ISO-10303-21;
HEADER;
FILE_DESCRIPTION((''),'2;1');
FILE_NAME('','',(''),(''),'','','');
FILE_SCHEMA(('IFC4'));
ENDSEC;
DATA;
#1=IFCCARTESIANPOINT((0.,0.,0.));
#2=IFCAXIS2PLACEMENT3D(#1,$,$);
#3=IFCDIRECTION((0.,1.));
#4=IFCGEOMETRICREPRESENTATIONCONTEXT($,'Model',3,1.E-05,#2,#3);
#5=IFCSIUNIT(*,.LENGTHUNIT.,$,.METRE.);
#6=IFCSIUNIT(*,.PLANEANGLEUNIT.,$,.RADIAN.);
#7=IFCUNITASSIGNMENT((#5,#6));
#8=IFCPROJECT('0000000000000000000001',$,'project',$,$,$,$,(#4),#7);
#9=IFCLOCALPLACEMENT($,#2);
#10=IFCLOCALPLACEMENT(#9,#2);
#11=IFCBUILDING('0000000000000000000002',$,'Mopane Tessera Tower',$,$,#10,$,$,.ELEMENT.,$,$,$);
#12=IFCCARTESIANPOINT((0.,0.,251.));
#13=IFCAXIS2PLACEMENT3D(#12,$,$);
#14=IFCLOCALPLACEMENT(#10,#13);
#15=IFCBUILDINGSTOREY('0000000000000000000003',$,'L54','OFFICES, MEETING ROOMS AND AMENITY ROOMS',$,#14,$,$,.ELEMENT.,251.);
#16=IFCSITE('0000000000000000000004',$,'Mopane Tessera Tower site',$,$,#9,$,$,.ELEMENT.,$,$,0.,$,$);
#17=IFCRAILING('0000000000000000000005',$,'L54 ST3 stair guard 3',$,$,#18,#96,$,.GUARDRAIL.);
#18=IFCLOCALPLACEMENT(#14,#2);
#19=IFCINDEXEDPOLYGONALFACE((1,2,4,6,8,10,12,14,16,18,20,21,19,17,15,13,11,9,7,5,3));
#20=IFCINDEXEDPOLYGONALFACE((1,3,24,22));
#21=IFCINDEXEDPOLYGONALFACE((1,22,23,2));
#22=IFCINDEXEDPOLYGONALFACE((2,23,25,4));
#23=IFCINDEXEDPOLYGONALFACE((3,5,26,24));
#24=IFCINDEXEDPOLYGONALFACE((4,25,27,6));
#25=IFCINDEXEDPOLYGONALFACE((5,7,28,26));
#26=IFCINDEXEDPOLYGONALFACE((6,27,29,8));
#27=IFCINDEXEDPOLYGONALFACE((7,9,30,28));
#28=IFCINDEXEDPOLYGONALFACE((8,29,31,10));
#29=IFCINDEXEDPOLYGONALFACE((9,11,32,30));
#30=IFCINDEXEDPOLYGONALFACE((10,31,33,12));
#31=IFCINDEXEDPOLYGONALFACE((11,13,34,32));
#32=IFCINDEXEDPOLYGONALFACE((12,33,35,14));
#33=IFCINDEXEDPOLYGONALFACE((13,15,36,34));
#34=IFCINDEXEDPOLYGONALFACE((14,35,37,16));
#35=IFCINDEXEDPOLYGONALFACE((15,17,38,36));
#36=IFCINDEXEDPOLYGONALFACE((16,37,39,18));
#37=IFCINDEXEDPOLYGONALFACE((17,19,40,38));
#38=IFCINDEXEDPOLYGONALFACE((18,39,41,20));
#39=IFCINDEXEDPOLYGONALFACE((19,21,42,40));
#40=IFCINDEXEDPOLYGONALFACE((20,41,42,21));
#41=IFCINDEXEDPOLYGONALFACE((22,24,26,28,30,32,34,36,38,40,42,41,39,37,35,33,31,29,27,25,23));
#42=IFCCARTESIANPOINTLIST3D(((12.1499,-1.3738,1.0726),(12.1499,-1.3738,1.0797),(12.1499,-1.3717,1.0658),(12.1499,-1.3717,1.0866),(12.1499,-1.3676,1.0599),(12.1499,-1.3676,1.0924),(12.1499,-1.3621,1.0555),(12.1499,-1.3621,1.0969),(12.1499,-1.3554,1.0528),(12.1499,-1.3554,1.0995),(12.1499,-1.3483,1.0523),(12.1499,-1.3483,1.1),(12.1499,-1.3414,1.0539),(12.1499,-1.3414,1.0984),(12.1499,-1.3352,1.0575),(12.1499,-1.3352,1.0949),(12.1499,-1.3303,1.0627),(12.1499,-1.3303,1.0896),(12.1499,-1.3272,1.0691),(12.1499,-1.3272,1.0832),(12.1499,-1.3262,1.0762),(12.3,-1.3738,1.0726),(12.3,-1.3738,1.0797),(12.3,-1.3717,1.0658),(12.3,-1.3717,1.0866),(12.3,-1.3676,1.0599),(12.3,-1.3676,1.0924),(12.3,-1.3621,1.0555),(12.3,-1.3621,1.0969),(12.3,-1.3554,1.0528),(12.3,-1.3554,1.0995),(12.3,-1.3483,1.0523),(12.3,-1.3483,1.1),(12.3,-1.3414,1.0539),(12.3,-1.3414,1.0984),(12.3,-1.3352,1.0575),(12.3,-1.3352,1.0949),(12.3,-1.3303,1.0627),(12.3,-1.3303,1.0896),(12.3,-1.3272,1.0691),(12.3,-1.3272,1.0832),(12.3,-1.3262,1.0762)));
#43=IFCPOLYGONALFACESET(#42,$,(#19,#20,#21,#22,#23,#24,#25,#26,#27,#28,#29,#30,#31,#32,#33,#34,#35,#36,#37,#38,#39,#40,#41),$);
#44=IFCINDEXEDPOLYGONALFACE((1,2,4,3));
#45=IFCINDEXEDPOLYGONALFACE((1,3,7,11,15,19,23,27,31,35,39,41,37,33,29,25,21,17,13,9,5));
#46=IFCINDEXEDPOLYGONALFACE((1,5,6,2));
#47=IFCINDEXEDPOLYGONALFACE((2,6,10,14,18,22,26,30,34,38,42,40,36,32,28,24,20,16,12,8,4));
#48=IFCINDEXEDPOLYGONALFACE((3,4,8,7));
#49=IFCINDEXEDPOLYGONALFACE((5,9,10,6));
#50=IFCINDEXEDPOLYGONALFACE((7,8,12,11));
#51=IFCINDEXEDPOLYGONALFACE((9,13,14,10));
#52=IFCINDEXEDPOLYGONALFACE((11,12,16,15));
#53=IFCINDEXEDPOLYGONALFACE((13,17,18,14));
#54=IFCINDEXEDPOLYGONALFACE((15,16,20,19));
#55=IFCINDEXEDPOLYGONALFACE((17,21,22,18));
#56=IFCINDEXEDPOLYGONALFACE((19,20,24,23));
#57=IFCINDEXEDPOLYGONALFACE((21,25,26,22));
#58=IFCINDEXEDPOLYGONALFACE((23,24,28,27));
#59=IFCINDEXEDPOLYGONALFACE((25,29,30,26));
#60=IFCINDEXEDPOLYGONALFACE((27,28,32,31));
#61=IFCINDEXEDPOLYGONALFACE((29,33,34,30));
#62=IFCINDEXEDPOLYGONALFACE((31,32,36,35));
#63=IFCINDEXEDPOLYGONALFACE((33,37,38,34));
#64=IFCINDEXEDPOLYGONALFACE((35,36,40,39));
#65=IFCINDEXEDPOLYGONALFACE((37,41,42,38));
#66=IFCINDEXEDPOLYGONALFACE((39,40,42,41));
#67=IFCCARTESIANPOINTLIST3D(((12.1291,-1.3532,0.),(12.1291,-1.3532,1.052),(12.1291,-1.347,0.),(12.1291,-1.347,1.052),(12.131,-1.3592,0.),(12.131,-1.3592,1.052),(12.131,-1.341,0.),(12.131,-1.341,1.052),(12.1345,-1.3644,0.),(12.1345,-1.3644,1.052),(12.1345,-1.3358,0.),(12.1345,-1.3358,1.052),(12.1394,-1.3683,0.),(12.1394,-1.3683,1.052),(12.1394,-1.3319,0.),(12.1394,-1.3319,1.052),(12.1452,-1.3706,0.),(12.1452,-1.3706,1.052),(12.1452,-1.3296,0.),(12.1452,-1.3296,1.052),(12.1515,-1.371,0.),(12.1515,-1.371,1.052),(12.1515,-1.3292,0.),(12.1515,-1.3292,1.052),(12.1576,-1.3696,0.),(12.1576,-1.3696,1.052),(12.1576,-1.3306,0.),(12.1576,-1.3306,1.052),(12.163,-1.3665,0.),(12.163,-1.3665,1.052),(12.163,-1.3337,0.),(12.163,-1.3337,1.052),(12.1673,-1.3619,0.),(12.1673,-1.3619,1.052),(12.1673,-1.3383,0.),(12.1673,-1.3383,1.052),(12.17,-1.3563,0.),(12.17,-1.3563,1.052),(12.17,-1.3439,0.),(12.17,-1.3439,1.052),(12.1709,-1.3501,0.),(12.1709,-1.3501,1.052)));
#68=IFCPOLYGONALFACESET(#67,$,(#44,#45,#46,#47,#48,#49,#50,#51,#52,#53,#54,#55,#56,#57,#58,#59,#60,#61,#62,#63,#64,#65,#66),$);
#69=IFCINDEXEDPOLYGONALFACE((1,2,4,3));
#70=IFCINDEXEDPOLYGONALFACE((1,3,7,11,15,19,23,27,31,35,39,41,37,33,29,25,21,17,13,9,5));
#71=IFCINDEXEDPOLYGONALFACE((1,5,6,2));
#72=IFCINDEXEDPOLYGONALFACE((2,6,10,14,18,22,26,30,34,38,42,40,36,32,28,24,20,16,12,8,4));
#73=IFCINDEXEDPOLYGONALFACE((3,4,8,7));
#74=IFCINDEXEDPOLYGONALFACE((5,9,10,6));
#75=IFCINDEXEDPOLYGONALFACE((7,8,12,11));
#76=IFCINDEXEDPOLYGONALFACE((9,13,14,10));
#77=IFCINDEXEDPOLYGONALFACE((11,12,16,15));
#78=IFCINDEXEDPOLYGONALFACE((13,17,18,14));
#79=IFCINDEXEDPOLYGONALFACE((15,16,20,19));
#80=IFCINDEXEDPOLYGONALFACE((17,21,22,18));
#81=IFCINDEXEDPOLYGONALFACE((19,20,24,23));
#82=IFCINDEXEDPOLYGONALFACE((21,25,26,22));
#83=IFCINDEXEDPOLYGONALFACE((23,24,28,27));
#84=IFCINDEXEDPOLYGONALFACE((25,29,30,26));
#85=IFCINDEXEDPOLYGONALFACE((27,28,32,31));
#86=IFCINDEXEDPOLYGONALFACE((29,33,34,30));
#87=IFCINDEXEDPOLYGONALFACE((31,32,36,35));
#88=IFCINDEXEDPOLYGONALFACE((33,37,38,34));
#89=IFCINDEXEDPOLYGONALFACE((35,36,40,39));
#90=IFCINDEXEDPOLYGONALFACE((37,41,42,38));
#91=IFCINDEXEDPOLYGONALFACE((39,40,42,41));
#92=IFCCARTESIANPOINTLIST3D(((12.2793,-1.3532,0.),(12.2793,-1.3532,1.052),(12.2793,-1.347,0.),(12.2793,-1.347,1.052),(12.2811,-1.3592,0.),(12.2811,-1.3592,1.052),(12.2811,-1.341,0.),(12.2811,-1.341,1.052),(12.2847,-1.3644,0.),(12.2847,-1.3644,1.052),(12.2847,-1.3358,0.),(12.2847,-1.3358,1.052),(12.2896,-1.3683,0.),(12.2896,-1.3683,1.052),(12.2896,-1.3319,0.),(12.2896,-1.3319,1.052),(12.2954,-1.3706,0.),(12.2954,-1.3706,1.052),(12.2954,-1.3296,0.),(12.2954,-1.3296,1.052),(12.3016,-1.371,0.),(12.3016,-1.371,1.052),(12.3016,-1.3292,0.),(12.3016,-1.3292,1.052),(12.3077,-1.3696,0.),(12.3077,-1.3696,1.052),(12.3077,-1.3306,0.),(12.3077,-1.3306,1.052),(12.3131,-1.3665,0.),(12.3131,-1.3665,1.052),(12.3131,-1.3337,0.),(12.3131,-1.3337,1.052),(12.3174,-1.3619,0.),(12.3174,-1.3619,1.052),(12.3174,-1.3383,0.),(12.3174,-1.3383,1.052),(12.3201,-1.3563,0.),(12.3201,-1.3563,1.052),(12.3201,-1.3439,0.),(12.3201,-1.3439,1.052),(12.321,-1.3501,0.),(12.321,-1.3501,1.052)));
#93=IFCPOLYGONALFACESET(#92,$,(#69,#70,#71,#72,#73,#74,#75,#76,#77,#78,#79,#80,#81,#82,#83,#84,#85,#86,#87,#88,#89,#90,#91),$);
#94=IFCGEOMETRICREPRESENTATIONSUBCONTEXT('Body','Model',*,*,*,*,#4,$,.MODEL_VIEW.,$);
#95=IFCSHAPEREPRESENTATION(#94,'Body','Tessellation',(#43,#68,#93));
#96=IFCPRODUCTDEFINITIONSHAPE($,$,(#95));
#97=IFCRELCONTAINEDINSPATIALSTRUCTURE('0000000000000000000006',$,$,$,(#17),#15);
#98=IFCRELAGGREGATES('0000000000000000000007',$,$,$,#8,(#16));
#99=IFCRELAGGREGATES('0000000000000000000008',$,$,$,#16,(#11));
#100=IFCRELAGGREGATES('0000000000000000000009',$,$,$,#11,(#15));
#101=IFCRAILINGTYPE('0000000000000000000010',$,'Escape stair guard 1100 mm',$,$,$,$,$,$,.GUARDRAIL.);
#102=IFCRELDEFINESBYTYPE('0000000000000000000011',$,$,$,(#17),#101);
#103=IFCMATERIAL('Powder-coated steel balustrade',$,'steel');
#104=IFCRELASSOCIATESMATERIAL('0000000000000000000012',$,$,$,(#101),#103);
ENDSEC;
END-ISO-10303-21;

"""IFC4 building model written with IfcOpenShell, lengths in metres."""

from ifc_helpers import new_model, si_unit, direction, frame, origin, origin_2d, place, context, subcontext, project, spatial, circle, extrude, material, type_object, element, save


model = new_model("IFC4")

# Units and contexts
model_context = context("Model", 3, precision=1e-05, world=origin(), true_north=direction((0.0, 1.0)))
body_context = subcontext(model_context, "Body", "Model", "MODEL_VIEW")
ifc_project = project(units=[si_unit("LENGTHUNIT", "METRE"), si_unit("PLANEANGLEUNIT", "RADIAN")], contexts=[model_context])

# Site, building, storey
site_placement = place(None, origin())
site = spatial("IfcSite", under=ifc_project, at=site_placement, Name="Mopane Tessera Tower site", CompositionType="ELEMENT", RefElevation=0.0)
building_placement = place(site_placement, origin())
building = spatial("IfcBuilding", under=site, at=building_placement, Name="Mopane Tessera Tower", CompositionType="ELEMENT")
storey_placement = place(building_placement, frame((0.0, 0.0, 251.0)))
storey = spatial("IfcBuildingStorey", under=building, at=storey_placement, Name="L54", Description="OFFICES, MEETING ROOMS AND AMENITY ROOMS", CompositionType="ELEMENT", Elevation=251.0)

# Railing
ifc_material_1 = material(Name="Powder-coated steel balustrade", Category="steel")
railing_type_1 = type_object("IfcRailingType", Name="Escape stair guard 1100 mm", PredefinedType="GUARDRAIL", material=ifc_material_1)
railing_1_placement = place(storey_placement, frame((12.1499, -1.3501, 0.0)))
element("IfcRailing", 1, at=railing_1_placement, inside=storey, type_object=railing_type_1, Name="L54 ST3 stair guard 3", PredefinedType="GUARDRAIL", context=body_context, shape_type="SweptSolid", body=[
    extrude(circle(Radius=0.0239, at=origin_2d()), frame((0.0, 0.0, 1.0762), z_axis=(1.0, 0.0, 0.0), x_axis=(0.0, 1.0, 0.0)), (0.0, 0.0, 1.0), 0.1501),
    extrude(circle(Radius=0.021, at=origin_2d()), origin(), (0.0, 0.0, 1.0), 1.052),
    extrude(circle(Radius=0.021, at=origin_2d()), frame((0.1501, 0.0, 0.0)), (0.0, 0.0, 1.0), 1.052),
])

save(model, "model.ifc")
